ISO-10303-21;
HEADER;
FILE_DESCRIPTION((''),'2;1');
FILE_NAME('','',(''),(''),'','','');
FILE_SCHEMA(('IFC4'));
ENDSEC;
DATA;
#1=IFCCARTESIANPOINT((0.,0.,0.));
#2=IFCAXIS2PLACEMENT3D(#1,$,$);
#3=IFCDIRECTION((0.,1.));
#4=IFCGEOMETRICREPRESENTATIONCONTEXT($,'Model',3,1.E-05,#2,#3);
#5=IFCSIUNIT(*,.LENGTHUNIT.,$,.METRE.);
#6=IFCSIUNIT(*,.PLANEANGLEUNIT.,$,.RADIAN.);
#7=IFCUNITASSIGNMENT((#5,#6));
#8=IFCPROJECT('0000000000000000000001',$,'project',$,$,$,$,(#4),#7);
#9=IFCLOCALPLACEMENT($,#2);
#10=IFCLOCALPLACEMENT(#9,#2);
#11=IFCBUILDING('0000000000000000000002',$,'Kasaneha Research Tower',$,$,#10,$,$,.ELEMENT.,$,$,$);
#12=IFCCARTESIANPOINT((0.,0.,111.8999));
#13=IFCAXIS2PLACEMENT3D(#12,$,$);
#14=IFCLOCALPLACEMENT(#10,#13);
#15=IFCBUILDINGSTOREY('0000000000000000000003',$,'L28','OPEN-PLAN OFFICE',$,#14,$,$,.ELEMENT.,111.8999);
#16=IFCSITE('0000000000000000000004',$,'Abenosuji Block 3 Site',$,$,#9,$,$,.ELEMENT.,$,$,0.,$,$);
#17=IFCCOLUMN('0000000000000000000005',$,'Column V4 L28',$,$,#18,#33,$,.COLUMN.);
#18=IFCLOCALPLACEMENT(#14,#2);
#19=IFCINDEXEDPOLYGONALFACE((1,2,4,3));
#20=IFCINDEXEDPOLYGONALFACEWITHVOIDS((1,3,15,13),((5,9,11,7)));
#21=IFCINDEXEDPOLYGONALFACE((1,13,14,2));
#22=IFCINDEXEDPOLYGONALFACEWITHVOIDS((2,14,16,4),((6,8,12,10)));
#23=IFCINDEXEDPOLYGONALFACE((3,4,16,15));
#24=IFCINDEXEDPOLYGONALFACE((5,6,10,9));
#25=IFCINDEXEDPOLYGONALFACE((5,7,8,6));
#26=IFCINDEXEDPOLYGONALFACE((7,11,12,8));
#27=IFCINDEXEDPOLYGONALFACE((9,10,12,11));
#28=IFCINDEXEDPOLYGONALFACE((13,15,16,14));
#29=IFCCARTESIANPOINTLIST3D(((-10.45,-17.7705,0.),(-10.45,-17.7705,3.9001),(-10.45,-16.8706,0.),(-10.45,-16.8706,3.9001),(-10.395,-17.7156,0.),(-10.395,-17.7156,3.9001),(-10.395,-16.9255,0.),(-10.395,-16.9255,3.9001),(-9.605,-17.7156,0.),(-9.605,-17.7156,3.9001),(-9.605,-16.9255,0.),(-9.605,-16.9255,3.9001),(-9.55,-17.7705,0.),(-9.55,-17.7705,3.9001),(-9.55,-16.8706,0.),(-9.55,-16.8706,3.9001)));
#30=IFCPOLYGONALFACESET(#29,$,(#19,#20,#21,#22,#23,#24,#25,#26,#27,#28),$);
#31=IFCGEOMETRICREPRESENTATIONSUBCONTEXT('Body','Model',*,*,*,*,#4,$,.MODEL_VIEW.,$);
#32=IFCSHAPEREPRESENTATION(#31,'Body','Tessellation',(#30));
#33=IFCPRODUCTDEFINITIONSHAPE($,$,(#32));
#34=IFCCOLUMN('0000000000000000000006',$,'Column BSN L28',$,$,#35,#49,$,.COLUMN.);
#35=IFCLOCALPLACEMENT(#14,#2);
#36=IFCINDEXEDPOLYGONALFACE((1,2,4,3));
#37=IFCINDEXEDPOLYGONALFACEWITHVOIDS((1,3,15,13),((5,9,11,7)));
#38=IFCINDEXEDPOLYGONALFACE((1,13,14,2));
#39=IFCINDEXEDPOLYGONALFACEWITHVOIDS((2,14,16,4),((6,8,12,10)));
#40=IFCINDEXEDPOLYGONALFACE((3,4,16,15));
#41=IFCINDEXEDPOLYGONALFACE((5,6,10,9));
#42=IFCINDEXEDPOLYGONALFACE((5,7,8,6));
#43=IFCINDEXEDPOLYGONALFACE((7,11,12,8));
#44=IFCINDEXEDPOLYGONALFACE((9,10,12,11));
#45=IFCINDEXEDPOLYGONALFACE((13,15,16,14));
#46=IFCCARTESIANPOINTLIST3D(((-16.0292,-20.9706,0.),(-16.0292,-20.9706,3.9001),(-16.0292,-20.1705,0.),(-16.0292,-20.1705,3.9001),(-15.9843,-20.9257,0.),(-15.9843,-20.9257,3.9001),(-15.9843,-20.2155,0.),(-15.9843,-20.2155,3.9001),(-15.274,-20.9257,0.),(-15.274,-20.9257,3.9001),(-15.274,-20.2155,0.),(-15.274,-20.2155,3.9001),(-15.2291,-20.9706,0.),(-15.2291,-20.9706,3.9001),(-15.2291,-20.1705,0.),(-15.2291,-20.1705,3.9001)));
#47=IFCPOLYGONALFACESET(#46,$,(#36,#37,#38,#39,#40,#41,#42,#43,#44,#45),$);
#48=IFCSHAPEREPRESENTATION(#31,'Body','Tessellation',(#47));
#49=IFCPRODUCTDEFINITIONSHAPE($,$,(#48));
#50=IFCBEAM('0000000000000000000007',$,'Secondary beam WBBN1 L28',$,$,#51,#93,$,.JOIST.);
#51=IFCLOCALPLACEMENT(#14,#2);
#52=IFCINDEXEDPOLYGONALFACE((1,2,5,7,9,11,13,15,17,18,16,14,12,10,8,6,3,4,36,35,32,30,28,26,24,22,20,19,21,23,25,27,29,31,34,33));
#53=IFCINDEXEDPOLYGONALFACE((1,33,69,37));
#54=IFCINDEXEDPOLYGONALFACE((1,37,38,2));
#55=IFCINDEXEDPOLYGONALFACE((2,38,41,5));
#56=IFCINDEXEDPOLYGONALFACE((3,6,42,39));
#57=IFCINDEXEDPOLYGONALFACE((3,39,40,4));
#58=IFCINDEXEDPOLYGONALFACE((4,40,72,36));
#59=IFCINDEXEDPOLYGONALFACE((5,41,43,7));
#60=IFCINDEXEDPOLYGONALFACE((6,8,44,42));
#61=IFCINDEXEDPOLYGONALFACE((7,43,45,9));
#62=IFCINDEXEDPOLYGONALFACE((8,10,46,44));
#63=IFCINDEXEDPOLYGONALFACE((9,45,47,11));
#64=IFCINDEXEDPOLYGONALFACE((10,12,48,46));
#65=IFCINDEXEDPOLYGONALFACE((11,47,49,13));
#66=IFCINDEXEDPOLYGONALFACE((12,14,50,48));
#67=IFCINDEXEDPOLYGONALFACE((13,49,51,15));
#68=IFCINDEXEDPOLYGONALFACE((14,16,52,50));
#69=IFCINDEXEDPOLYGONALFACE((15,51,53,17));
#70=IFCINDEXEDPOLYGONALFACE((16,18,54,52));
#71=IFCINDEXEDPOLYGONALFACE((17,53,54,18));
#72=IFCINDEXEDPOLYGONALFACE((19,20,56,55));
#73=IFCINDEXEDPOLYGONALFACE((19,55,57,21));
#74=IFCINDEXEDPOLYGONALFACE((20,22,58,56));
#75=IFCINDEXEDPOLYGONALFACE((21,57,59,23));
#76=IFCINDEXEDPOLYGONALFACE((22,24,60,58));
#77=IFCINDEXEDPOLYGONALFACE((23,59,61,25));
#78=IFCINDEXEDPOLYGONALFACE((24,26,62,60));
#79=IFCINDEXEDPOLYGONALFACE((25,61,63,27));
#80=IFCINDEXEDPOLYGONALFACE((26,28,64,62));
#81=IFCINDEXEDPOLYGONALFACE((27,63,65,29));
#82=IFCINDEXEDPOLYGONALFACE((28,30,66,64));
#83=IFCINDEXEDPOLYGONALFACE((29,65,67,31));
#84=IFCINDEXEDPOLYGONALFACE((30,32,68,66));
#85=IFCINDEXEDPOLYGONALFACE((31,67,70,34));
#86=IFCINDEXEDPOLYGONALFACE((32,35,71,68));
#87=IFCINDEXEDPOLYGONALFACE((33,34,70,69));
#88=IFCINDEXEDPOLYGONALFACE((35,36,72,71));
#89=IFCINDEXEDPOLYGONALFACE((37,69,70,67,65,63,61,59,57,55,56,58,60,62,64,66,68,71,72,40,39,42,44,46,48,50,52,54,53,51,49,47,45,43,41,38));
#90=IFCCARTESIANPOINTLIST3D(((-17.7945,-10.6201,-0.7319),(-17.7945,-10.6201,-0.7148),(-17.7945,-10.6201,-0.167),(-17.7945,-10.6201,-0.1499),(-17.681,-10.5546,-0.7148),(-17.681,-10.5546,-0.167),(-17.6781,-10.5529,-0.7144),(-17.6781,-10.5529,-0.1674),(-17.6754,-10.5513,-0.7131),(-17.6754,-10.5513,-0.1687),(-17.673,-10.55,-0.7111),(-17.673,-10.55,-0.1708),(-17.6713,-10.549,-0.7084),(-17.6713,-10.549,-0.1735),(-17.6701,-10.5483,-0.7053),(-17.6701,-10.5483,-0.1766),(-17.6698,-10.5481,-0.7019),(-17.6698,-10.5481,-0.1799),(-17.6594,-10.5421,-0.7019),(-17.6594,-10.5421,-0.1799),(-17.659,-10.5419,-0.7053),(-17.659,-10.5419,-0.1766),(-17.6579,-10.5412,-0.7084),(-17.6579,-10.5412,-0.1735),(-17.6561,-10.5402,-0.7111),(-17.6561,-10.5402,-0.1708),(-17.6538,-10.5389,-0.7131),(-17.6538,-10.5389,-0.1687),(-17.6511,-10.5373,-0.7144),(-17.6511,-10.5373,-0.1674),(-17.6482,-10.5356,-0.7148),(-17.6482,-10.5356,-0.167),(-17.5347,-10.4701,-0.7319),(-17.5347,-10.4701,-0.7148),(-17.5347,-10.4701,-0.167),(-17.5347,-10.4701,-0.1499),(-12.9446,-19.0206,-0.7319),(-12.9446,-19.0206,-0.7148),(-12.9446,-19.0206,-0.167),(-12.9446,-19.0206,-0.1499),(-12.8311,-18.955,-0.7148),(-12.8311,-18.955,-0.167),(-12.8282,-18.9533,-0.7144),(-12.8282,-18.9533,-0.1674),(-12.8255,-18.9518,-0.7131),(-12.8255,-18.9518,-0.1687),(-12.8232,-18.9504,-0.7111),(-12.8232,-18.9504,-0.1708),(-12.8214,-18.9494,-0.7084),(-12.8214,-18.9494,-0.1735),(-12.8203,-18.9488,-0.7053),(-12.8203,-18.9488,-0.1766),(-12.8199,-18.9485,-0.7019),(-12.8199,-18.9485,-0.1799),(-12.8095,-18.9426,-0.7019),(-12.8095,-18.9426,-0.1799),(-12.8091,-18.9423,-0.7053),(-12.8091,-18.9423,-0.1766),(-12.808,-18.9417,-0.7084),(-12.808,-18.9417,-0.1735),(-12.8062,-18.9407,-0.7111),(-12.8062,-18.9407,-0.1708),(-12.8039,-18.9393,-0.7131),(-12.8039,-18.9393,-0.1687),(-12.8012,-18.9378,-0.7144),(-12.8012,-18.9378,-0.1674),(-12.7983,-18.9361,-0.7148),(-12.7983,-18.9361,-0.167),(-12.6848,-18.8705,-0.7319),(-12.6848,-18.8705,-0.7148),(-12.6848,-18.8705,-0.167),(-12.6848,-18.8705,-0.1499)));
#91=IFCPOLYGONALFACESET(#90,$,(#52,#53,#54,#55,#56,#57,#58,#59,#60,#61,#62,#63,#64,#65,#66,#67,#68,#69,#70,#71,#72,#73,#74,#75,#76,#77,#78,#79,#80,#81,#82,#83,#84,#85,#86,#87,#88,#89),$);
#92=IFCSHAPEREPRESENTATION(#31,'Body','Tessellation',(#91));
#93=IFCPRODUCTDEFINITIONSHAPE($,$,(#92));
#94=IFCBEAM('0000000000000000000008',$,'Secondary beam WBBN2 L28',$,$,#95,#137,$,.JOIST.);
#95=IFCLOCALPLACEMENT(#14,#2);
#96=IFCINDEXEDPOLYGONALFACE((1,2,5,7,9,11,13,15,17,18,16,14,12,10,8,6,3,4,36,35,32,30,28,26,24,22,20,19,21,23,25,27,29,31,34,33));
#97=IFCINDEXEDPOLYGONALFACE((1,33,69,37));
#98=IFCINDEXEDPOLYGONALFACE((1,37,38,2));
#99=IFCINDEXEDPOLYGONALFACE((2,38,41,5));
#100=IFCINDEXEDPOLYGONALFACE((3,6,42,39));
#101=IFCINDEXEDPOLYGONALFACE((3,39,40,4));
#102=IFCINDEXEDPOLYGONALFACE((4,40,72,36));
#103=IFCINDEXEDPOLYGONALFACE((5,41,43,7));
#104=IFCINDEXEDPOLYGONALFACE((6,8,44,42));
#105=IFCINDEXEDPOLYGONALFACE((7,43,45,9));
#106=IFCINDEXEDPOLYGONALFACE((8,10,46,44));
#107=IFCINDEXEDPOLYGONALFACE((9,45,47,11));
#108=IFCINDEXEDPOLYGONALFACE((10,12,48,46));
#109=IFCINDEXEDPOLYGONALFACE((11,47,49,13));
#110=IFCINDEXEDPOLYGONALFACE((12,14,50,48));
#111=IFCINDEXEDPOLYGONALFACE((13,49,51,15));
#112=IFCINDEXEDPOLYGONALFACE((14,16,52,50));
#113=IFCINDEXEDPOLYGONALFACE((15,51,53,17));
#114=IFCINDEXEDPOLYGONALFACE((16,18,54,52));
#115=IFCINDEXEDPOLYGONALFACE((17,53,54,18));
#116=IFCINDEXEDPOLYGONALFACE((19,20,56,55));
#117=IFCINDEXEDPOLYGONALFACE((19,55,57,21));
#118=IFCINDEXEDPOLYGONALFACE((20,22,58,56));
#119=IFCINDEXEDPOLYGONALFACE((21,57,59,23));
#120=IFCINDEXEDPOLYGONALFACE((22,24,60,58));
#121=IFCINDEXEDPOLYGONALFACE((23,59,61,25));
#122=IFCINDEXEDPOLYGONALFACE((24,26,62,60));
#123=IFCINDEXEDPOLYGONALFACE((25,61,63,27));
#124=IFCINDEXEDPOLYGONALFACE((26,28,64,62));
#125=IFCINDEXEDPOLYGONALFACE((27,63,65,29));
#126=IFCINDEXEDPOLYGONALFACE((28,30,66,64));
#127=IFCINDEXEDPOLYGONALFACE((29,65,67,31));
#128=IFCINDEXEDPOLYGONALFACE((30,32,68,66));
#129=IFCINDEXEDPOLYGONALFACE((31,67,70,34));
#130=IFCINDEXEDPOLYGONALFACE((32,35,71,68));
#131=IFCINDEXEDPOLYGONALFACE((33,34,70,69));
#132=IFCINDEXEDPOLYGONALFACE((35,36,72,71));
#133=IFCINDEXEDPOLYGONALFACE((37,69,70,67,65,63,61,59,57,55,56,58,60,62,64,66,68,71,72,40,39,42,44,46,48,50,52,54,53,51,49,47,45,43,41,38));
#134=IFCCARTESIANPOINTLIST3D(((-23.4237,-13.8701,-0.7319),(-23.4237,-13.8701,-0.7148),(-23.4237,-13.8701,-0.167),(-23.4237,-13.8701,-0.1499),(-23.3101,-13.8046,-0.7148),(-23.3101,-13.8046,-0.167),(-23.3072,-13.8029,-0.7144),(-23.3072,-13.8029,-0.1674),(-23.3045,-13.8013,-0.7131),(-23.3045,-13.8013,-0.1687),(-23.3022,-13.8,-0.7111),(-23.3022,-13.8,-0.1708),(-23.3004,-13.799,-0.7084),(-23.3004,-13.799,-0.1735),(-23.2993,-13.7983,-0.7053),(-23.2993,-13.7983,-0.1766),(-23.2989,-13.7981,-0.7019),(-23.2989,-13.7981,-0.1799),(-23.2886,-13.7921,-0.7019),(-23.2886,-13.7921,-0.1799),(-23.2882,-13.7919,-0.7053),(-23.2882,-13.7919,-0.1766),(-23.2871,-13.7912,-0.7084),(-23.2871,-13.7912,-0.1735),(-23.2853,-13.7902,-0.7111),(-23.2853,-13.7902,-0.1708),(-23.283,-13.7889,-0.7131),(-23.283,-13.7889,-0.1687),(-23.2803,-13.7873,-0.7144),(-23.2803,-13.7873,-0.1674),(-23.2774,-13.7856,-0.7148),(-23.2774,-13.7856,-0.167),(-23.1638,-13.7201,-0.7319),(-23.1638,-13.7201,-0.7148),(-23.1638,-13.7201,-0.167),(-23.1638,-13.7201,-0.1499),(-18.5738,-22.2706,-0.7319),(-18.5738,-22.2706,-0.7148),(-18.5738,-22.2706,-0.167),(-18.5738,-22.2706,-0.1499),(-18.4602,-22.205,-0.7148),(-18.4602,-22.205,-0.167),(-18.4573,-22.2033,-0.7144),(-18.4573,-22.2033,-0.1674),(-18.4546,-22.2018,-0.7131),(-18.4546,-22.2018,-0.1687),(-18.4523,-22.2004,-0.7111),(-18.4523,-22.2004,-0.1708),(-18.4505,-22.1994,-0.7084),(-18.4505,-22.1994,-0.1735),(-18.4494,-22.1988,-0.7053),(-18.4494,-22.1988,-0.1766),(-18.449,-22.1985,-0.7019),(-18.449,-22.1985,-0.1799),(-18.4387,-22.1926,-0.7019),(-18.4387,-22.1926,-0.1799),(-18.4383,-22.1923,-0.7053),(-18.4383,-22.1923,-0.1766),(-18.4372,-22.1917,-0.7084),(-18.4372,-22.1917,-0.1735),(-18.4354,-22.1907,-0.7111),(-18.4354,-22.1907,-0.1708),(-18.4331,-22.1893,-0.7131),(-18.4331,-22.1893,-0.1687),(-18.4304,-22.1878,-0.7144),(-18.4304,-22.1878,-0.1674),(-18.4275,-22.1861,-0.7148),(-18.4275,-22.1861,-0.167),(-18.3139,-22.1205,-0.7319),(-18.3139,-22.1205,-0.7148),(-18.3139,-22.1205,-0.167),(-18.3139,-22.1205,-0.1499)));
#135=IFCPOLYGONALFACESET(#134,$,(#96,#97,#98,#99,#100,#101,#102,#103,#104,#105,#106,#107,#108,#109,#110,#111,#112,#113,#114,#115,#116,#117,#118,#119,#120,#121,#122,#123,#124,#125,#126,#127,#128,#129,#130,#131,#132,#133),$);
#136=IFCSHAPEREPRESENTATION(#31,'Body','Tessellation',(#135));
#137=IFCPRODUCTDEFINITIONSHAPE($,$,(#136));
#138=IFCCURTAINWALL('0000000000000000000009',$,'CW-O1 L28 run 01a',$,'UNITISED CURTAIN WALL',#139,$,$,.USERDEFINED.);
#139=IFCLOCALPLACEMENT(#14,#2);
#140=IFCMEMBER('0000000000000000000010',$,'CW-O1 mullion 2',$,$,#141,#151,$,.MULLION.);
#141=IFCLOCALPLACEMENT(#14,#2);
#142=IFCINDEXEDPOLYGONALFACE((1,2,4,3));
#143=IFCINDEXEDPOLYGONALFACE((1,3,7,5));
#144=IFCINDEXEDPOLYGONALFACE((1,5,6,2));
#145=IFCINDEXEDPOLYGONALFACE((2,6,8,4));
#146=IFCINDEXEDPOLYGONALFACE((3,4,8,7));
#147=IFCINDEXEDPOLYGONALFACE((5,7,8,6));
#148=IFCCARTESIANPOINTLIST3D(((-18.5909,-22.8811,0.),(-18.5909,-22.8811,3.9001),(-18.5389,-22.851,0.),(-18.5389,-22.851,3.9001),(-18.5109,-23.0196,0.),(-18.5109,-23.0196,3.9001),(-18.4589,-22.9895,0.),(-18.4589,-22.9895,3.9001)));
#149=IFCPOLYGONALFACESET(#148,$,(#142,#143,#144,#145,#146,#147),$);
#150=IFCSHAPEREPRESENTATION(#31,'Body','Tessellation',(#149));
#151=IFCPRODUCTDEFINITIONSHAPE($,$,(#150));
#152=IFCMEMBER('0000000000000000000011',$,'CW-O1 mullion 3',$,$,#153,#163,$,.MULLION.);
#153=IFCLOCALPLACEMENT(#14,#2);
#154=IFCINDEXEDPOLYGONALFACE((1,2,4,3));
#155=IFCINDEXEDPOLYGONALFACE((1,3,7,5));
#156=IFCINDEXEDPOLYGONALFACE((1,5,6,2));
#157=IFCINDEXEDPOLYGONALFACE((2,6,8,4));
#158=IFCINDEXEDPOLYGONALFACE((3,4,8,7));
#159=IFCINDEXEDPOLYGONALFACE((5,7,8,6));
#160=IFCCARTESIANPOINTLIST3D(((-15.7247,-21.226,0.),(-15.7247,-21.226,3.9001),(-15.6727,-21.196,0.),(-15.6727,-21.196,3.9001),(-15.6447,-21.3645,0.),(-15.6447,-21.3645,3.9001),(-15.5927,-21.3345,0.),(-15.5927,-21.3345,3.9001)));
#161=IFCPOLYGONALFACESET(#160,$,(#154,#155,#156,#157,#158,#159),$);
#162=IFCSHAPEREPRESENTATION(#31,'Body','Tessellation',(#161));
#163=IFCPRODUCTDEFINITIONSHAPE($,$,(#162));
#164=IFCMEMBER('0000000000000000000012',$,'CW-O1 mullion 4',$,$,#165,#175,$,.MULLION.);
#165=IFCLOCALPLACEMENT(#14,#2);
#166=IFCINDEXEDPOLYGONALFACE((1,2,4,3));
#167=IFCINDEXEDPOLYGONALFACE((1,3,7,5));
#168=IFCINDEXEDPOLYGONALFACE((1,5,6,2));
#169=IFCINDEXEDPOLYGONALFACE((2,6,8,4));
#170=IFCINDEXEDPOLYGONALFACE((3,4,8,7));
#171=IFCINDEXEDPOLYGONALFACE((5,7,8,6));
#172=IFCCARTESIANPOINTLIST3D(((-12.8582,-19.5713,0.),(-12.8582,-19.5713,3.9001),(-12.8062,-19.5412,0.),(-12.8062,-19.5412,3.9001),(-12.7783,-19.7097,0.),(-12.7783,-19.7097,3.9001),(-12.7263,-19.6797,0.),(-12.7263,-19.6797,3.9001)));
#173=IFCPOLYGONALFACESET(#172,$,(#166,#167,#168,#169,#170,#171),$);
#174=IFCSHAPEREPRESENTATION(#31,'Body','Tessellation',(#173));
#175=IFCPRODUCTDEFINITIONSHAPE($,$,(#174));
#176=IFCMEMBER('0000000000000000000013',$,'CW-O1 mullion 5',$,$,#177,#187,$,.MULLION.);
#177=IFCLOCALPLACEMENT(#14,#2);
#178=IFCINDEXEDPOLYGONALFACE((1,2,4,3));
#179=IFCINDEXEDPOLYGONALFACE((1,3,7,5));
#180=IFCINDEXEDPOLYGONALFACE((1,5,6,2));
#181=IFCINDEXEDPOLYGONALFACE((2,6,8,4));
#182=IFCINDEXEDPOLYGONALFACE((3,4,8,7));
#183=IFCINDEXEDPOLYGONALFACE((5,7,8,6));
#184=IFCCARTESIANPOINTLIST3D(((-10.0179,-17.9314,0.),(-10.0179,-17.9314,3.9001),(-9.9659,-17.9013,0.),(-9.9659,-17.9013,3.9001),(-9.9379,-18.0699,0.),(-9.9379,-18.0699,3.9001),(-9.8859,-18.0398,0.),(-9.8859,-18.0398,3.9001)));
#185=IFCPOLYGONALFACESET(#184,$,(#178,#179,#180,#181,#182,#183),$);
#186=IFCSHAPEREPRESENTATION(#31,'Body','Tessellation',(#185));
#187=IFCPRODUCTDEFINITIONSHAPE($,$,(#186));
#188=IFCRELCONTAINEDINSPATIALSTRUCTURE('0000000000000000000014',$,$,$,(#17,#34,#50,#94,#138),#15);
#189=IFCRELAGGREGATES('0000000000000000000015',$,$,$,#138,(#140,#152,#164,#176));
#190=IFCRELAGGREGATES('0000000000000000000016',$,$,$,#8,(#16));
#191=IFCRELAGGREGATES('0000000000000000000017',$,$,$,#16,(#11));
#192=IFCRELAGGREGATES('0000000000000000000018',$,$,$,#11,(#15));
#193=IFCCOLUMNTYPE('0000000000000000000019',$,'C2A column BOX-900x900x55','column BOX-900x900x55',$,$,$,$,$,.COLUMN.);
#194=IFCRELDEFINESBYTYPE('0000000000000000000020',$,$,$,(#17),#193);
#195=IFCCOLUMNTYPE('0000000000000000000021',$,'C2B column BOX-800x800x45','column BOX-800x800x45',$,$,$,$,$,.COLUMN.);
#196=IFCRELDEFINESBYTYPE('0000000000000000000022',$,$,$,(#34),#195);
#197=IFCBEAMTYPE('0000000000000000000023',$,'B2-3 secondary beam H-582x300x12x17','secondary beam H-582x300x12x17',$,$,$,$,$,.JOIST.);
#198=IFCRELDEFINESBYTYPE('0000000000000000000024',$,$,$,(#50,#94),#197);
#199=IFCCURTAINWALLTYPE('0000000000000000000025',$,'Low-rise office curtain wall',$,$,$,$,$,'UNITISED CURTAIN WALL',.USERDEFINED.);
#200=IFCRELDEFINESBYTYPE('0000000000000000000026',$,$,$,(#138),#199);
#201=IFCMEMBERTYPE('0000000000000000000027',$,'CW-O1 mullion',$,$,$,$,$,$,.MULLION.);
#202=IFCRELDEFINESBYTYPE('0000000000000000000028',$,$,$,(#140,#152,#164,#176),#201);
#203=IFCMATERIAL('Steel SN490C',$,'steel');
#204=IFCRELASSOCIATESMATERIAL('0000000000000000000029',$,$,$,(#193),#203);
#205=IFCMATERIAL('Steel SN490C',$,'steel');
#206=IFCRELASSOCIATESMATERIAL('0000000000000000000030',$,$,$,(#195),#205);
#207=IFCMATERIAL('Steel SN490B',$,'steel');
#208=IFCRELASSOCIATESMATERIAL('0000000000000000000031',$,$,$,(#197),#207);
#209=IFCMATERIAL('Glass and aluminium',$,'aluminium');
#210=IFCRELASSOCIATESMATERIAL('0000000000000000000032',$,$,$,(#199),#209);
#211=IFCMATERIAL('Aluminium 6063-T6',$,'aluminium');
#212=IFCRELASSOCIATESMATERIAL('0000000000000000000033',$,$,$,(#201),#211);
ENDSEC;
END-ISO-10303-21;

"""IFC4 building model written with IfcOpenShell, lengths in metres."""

from ifc_helpers import new_model, si_unit, direction, frame, origin, origin_2d, place, context, subcontext, project, spatial, rectangle, hollow_rectangle, i_section, extrude, material, material_profile, profile_set, type_object, element, aggregate, save


model = new_model("IFC4")

# Units and contexts
model_context = context("Model", 3, precision=1e-05, world=origin(), true_north=direction((0.0, 1.0)))
body_context = subcontext(model_context, "Body", "Model", "MODEL_VIEW")
ifc_project = project(units=[si_unit("LENGTHUNIT", "METRE"), si_unit("PLANEANGLEUNIT", "RADIAN")], contexts=[model_context])

# Site, building, storey
site_placement = place(None, origin())
site = spatial("IfcSite", under=ifc_project, at=site_placement, Name="Abenosuji Block 3 Site", CompositionType="ELEMENT", RefElevation=0.0)
building_placement = place(site_placement, origin())
building = spatial("IfcBuilding", under=site, at=building_placement, Name="Kasaneha Research Tower", CompositionType="ELEMENT")
storey_placement = place(building_placement, frame((0.0, 0.0, 111.8999)))
storey = spatial("IfcBuildingStorey", under=building, at=storey_placement, Name="L28", Description="OPEN-PLAN OFFICE", CompositionType="ELEMENT", Elevation=111.8999)

# Columns
ifc_material_1 = material(Name="Steel SN490C", Category="steel")
ifc_material_profile_1 = material_profile(ifc_material_1, hollow_rectangle(XDim=0.8999, YDim=0.8999, WallThickness=0.0549, at=origin_2d()), Name="BOX-900x900x55")
ifc_profile_set_1 = profile_set([ifc_material_profile_1], Name="Steel SN490C")
column_type_1 = type_object("IfcColumnType", Name="C2A column BOX-900x900x55", Description="column BOX-900x900x55", PredefinedType="COLUMN", material=ifc_profile_set_1)
column_1_placement = place(storey_placement, frame((-10.0, -17.3206, 0.0), z_axis=(0.0, 0.0, 1.0), x_axis=(1.0, 0.0, 0.0)))
element("IfcColumn", 1, at=column_1_placement, inside=storey, type_object=column_type_1, Name="Column V4 L28", PredefinedType="COLUMN", context=body_context, shape_type="SweptSolid", body=[
    extrude(hollow_rectangle(XDim=0.8999, YDim=0.8999, WallThickness=0.0549, at=origin_2d()), origin(), (0.0, 0.0, 1.0), 3.9001),
])
ifc_material_2 = material(Name="Steel SN490C", Category="steel")
ifc_material_profile_2 = material_profile(ifc_material_2, hollow_rectangle(XDim=0.8, YDim=0.8, WallThickness=0.0449, at=origin_2d()), Name="BOX-800x800x45")
ifc_profile_set_2 = profile_set([ifc_material_profile_2], Name="Steel SN490C")
column_type_2 = type_object("IfcColumnType", Name="C2B column BOX-800x800x45", Description="column BOX-800x800x45", PredefinedType="COLUMN", material=ifc_profile_set_2)
column_2_placement = place(storey_placement, frame((-15.6292, -20.5706, 0.0), z_axis=(0.0, 0.0, 1.0), x_axis=(1.0, 0.0, 0.0)))
element("IfcColumn", 2, at=column_2_placement, inside=storey, type_object=column_type_2, Name="Column BSN L28", PredefinedType="COLUMN", context=body_context, shape_type="SweptSolid", body=[
    extrude(hollow_rectangle(XDim=0.8, YDim=0.8, WallThickness=0.0449, at=origin_2d()), origin(), (0.0, 0.0, 1.0), 3.9001),
])

# Beams
ifc_material_3 = material(Name="Steel SN490B", Category="steel")
ifc_material_profile_3 = material_profile(ifc_material_3, i_section(OverallWidth=0.3, OverallDepth=0.582, WebThickness=0.012, FlangeThickness=0.0171, FilletRadius=0.0129, at=origin_2d()), Name="H-582x300x12x17")
ifc_profile_set_3 = profile_set([ifc_material_profile_3], Name="Steel SN490B")
beam_type_1 = type_object("IfcBeamType", Name="B2-3 secondary beam H-582x300x12x17", Description="secondary beam H-582x300x12x17", PredefinedType="JOIST", material=ifc_profile_set_3)
for number, where, z_axis, x_axis, name in (
    (3, (-12.8147, -18.9456, -0.4409), (-0.499991, 0.866031, 0.0), (-0.866031, -0.499991, 0.0), "Secondary beam WBBN1 L28"),
    (4, (-18.4438, -22.1956, -0.4409), (-0.499991, 0.866031, 0.0), (-0.866031, -0.499991, 0.0), "Secondary beam WBBN2 L28"),
):
    element("IfcBeam", number, at=place(storey_placement, frame(where, z_axis=z_axis, x_axis=x_axis)), inside=storey, type_object=beam_type_1, Name=name, PredefinedType="JOIST", context=body_context, shape_type="SweptSolid", body=[
        extrude(i_section(OverallWidth=0.3, OverallDepth=0.582, WebThickness=0.012, FlangeThickness=0.0171, FilletRadius=0.0129, at=origin_2d()), origin(), (0.0, 0.0, 1.0), 9.7),
    ])

# Curtain wall, members
ifc_material_4 = material(Name="Glass and aluminium", Category="aluminium")
curtain_wall_type = type_object("IfcCurtainWallType", Name="Low-rise office curtain wall", ElementType="UNITISED CURTAIN WALL", PredefinedType="USERDEFINED", material=ifc_material_4)
curtain_wall_1_placement = place(storey_placement, origin())
curtain_wall_1 = element("IfcCurtainWall", 5, at=curtain_wall_1_placement, inside=storey, type_object=curtain_wall_type, Name="CW-O1 L28 run 01a", ObjectType="UNITISED CURTAIN WALL", PredefinedType="USERDEFINED")
ifc_material_5 = material(Name="Aluminium 6063-T6", Category="aluminium")
ifc_material_profile_4 = material_profile(ifc_material_5, rectangle(XDim=0.0601, YDim=0.1599, at=origin_2d()), Name="CW-O1 mullion 60x160")
ifc_profile_set_4 = profile_set([ifc_material_profile_4], Name="Aluminium 6063-T6")
member_type_1 = type_object("IfcMemberType", Name="CW-O1 mullion", PredefinedType="MULLION", material=ifc_profile_set_4)
member_1_placement = place(storey_placement, frame((-18.5249, -22.9353, 0.0), z_axis=(0.0, 0.0, 1.0), x_axis=(0.866025, 0.5, 0.0)))
member_1 = element("IfcMember", 6, at=member_1_placement, type_object=member_type_1, Name="CW-O1 mullion 2", PredefinedType="MULLION", context=body_context, shape_type="SweptSolid", body=[
    extrude(rectangle(XDim=0.0601, YDim=0.1599, at=origin_2d()), origin(), (0.0, 0.0, 1.0), 3.9001),
])
member_2_placement = place(storey_placement, frame((-15.6587, -21.2803, 0.0), z_axis=(0.0, 0.0, 1.0), x_axis=(0.866025, 0.5, 0.0)))
member_2 = element("IfcMember", 7, at=member_2_placement, type_object=member_type_1, Name="CW-O1 mullion 3", PredefinedType="MULLION", context=body_context, shape_type="SweptSolid", body=[
    extrude(rectangle(XDim=0.0601, YDim=0.1599, at=origin_2d()), origin(), (0.0, 0.0, 1.0), 3.9001),
])
member_3_placement = place(storey_placement, frame((-12.7922, -19.6255, 0.0), z_axis=(0.0, 0.0, 1.0), x_axis=(0.866025, 0.5, 0.0)))
member_3 = element("IfcMember", 8, at=member_3_placement, type_object=member_type_1, Name="CW-O1 mullion 4", PredefinedType="MULLION", context=body_context, shape_type="SweptSolid", body=[
    extrude(rectangle(XDim=0.0601, YDim=0.1599, at=origin_2d()), origin(), (0.0, 0.0, 1.0), 3.9001),
])
member_4_placement = place(storey_placement, frame((-9.9519, -17.9856, 0.0), z_axis=(0.0, 0.0, 1.0), x_axis=(0.866025, 0.5, 0.0)))
member_4 = element("IfcMember", 9, at=member_4_placement, type_object=member_type_1, Name="CW-O1 mullion 5", PredefinedType="MULLION", context=body_context, shape_type="SweptSolid", body=[
    extrude(rectangle(XDim=0.0601, YDim=0.1599, at=origin_2d()), origin(), (0.0, 0.0, 1.0), 3.9001),
])

aggregate(curtain_wall_1, [member_1, member_2, member_3, member_4])

save(model, "model.ifc")
